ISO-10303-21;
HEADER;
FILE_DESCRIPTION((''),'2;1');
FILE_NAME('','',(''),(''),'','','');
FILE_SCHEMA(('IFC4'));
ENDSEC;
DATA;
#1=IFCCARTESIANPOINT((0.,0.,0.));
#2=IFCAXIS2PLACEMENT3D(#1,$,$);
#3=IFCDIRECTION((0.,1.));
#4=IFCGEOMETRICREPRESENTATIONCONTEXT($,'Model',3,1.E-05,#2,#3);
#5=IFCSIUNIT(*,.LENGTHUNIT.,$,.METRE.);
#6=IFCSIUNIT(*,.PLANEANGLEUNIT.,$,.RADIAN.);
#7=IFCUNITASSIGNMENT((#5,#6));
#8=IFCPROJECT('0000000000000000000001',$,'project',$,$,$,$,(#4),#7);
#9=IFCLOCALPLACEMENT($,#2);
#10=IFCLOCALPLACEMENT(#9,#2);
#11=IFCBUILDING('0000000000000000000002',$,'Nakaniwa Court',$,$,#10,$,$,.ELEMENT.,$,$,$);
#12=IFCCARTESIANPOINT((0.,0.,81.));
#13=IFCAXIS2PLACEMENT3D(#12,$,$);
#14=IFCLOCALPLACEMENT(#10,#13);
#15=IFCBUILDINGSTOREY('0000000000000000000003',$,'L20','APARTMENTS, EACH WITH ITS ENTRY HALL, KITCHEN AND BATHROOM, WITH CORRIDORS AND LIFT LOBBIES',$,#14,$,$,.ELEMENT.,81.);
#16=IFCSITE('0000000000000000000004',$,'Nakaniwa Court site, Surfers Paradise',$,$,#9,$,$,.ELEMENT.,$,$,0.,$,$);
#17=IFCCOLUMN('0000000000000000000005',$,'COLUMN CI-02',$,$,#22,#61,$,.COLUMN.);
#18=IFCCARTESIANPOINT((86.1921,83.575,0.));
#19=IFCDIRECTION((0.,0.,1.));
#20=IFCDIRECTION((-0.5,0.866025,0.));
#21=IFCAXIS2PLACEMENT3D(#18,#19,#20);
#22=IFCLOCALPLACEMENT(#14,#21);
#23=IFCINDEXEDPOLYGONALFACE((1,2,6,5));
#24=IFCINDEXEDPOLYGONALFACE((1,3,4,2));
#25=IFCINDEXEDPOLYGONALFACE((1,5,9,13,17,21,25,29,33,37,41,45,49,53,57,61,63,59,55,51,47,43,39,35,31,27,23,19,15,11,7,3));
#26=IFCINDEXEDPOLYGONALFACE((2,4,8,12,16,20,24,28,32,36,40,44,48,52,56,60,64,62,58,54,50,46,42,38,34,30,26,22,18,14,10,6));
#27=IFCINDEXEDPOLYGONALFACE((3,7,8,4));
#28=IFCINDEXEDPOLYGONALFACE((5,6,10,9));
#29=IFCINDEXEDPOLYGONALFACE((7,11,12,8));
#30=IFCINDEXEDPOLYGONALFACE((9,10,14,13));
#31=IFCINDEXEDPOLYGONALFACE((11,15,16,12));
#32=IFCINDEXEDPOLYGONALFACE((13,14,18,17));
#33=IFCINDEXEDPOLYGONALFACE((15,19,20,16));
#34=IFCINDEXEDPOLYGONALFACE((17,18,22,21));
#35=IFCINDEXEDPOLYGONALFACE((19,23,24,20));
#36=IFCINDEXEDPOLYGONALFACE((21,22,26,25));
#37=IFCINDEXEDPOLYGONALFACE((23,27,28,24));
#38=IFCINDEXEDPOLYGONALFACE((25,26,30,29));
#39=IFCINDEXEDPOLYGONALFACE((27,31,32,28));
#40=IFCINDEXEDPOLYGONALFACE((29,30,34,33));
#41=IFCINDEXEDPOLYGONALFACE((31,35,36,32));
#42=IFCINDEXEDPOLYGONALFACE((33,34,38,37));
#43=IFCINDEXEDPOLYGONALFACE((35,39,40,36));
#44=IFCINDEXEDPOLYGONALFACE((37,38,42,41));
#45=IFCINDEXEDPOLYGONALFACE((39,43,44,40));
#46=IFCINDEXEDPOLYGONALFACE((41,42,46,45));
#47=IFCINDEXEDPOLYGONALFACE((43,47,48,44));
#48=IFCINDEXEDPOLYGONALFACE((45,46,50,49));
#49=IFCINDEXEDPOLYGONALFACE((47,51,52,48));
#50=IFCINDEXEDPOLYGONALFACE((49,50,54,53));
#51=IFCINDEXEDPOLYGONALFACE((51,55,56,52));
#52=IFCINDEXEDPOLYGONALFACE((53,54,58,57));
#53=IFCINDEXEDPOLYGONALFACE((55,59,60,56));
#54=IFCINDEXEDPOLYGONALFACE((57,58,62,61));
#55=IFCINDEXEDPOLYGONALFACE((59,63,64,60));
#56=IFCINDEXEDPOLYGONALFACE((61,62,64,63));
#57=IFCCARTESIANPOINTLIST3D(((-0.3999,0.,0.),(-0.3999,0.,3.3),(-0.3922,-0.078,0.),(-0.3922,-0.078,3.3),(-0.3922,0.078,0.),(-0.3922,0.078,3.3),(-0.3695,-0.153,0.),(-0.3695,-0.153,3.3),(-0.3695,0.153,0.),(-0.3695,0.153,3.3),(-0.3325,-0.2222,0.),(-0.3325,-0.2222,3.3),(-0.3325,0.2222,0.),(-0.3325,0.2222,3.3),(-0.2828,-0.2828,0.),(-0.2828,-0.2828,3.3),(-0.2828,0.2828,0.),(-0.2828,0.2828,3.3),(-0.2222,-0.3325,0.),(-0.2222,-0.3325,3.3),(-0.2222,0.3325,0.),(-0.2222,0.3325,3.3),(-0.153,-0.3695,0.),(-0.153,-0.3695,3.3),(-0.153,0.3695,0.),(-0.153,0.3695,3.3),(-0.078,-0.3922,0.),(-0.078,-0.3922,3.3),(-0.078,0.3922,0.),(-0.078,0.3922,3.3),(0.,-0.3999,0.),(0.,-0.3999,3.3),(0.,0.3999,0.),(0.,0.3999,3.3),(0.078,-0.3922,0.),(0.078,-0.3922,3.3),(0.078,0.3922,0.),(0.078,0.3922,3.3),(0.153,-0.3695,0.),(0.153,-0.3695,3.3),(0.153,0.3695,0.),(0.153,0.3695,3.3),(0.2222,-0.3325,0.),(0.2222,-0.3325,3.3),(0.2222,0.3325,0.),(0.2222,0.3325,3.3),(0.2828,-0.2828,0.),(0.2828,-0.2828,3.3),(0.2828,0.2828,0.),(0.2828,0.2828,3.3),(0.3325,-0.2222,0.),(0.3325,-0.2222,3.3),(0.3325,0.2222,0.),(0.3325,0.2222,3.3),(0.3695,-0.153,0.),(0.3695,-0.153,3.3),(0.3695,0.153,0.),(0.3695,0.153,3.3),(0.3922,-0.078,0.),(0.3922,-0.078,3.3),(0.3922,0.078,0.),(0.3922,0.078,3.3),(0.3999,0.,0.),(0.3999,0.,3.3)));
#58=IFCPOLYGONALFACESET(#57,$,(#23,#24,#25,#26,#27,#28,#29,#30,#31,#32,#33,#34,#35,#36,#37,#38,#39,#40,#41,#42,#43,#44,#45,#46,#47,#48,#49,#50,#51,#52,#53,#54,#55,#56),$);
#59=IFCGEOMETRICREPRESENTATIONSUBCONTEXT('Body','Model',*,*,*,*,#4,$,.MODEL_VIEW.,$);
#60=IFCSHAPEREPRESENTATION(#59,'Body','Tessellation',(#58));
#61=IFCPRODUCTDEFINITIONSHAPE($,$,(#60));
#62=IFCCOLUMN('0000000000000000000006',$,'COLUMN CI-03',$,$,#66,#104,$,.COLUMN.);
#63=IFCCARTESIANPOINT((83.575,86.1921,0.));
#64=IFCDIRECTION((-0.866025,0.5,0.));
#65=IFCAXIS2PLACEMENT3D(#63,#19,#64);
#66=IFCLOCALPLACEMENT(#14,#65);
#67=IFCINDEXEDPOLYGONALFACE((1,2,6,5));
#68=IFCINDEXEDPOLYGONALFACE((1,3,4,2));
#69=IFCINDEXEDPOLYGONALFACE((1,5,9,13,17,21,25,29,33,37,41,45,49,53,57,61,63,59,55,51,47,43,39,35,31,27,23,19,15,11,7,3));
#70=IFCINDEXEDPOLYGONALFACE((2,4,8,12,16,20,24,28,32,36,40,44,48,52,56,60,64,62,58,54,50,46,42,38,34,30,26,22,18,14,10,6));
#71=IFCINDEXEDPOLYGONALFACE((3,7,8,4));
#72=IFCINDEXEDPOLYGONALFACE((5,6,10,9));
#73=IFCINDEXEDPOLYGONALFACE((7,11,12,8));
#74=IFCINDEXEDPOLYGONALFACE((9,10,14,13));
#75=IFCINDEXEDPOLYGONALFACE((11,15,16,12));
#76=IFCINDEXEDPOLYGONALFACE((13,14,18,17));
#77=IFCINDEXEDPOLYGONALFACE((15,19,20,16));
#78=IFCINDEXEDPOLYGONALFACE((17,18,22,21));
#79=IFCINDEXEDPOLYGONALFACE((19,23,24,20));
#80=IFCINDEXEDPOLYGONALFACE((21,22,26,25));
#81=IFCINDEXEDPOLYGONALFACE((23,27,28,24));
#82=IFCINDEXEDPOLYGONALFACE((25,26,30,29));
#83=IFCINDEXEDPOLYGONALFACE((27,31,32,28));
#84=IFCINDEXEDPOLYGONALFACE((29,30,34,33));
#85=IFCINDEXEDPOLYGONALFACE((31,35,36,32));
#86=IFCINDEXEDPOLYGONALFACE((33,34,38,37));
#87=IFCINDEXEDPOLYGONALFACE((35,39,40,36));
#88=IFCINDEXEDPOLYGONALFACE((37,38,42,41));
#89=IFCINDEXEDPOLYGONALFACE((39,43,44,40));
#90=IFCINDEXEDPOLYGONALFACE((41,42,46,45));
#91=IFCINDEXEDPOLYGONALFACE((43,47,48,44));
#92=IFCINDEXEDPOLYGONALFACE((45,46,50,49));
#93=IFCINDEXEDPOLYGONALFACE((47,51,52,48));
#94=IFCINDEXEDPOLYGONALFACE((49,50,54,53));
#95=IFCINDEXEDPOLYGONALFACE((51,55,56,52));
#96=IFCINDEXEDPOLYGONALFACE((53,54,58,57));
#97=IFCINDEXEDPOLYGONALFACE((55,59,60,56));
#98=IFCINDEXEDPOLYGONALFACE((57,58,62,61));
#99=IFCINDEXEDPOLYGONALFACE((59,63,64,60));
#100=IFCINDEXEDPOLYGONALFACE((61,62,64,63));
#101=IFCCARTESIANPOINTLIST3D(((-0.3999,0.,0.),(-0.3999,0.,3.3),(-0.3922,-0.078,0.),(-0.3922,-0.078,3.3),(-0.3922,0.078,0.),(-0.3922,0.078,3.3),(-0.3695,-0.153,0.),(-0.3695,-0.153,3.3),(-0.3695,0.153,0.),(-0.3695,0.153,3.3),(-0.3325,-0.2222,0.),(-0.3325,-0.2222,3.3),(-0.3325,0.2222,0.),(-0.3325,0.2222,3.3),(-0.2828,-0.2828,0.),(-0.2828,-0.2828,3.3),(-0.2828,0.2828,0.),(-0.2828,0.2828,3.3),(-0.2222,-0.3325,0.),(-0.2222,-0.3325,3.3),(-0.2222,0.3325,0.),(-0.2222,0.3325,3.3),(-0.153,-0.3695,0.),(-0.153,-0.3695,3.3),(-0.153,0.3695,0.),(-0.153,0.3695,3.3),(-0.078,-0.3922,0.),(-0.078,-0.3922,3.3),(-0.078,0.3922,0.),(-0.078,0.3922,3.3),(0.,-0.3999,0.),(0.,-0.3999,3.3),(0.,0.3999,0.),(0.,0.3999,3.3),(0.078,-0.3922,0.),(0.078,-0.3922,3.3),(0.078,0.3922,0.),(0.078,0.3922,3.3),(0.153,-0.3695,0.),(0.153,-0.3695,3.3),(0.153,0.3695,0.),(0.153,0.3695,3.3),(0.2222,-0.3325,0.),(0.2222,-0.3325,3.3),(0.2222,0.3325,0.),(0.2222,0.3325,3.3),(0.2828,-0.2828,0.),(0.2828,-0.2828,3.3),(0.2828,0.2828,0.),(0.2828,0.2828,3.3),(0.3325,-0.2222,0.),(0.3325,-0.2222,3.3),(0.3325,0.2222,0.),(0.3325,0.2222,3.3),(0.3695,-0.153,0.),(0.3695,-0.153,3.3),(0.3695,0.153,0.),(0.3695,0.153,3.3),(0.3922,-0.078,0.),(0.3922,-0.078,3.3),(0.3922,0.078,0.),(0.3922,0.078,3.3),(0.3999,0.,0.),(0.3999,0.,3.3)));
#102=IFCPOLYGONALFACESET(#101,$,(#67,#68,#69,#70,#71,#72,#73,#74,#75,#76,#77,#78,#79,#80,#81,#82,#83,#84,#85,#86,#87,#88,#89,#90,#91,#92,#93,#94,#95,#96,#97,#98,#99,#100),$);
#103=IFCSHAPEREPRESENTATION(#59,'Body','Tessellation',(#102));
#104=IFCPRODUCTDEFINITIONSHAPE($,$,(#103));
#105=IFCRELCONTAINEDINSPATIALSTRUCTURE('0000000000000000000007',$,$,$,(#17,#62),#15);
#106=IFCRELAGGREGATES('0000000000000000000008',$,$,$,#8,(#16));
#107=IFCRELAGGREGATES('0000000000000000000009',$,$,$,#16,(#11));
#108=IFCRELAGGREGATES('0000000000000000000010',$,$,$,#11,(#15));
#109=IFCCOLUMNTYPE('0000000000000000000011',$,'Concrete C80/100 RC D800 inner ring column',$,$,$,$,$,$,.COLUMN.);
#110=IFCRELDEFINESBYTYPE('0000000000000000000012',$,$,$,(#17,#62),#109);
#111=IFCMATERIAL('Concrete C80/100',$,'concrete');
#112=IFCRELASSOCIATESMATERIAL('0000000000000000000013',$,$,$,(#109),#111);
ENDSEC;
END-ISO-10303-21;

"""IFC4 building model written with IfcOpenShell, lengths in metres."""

from ifc_helpers import new_model, si_unit, direction, frame, origin, origin_2d, place, context, subcontext, project, spatial, circle, extrude, material, material_profile, profile_set, type_object, element, save


model = new_model("IFC4")

# Units and contexts
model_context = context("Model", 3, precision=1e-05, world=origin(), true_north=direction((0.0, 1.0)))
body_context = subcontext(model_context, "Body", "Model", "MODEL_VIEW")
ifc_project = project(units=[si_unit("LENGTHUNIT", "METRE"), si_unit("PLANEANGLEUNIT", "RADIAN")], contexts=[model_context])

# Site, building, storey
site_placement = place(None, origin())
site = spatial("IfcSite", under=ifc_project, at=site_placement, Name="Nakaniwa Court site, Surfers Paradise", CompositionType="ELEMENT", RefElevation=0.0)
building_placement = place(site_placement, origin())
building = spatial("IfcBuilding", under=site, at=building_placement, Name="Nakaniwa Court", CompositionType="ELEMENT")
storey_placement = place(building_placement, frame((0.0, 0.0, 81.0)))
storey = spatial("IfcBuildingStorey", under=building, at=storey_placement, Name="L20", Description="APARTMENTS, EACH WITH ITS ENTRY HALL, KITCHEN AND BATHROOM, WITH CORRIDORS AND LIFT LOBBIES", CompositionType="ELEMENT", Elevation=81.0)

# Columns
ifc_material_1 = material(Name="Concrete C80/100", Category="concrete")
ifc_material_profile_1 = material_profile(ifc_material_1, circle(Radius=0.3999, at=origin_2d()), Name="Concrete C80/100 RC D800 inner ring column")
ifc_profile_set_1 = profile_set([ifc_material_profile_1], Name="Concrete C80/100")
column_type_1 = type_object("IfcColumnType", Name="Concrete C80/100 RC D800 inner ring column", PredefinedType="COLUMN", material=ifc_profile_set_1)
for number, where, z_axis, x_axis, name in (
    (1, (86.1921, 83.575, 0.0), (0.0, 0.0, 1.0), (-0.5, 0.866025, 0.0), "COLUMN CI-02"),
    (2, (83.575, 86.1921, 0.0), (0.0, 0.0, 1.0), (-0.866025, 0.5, 0.0), "COLUMN CI-03"),
):
    element("IfcColumn", number, at=place(storey_placement, frame(where, z_axis=z_axis, x_axis=x_axis)), inside=storey, type_object=column_type_1, Name=name, PredefinedType="COLUMN", context=body_context, shape_type="SweptSolid", body=[
        extrude(circle(Radius=0.3999, at=origin_2d()), origin(), (0.0, 0.0, 1.0), 3.3),
    ])

save(model, "model.ifc")
